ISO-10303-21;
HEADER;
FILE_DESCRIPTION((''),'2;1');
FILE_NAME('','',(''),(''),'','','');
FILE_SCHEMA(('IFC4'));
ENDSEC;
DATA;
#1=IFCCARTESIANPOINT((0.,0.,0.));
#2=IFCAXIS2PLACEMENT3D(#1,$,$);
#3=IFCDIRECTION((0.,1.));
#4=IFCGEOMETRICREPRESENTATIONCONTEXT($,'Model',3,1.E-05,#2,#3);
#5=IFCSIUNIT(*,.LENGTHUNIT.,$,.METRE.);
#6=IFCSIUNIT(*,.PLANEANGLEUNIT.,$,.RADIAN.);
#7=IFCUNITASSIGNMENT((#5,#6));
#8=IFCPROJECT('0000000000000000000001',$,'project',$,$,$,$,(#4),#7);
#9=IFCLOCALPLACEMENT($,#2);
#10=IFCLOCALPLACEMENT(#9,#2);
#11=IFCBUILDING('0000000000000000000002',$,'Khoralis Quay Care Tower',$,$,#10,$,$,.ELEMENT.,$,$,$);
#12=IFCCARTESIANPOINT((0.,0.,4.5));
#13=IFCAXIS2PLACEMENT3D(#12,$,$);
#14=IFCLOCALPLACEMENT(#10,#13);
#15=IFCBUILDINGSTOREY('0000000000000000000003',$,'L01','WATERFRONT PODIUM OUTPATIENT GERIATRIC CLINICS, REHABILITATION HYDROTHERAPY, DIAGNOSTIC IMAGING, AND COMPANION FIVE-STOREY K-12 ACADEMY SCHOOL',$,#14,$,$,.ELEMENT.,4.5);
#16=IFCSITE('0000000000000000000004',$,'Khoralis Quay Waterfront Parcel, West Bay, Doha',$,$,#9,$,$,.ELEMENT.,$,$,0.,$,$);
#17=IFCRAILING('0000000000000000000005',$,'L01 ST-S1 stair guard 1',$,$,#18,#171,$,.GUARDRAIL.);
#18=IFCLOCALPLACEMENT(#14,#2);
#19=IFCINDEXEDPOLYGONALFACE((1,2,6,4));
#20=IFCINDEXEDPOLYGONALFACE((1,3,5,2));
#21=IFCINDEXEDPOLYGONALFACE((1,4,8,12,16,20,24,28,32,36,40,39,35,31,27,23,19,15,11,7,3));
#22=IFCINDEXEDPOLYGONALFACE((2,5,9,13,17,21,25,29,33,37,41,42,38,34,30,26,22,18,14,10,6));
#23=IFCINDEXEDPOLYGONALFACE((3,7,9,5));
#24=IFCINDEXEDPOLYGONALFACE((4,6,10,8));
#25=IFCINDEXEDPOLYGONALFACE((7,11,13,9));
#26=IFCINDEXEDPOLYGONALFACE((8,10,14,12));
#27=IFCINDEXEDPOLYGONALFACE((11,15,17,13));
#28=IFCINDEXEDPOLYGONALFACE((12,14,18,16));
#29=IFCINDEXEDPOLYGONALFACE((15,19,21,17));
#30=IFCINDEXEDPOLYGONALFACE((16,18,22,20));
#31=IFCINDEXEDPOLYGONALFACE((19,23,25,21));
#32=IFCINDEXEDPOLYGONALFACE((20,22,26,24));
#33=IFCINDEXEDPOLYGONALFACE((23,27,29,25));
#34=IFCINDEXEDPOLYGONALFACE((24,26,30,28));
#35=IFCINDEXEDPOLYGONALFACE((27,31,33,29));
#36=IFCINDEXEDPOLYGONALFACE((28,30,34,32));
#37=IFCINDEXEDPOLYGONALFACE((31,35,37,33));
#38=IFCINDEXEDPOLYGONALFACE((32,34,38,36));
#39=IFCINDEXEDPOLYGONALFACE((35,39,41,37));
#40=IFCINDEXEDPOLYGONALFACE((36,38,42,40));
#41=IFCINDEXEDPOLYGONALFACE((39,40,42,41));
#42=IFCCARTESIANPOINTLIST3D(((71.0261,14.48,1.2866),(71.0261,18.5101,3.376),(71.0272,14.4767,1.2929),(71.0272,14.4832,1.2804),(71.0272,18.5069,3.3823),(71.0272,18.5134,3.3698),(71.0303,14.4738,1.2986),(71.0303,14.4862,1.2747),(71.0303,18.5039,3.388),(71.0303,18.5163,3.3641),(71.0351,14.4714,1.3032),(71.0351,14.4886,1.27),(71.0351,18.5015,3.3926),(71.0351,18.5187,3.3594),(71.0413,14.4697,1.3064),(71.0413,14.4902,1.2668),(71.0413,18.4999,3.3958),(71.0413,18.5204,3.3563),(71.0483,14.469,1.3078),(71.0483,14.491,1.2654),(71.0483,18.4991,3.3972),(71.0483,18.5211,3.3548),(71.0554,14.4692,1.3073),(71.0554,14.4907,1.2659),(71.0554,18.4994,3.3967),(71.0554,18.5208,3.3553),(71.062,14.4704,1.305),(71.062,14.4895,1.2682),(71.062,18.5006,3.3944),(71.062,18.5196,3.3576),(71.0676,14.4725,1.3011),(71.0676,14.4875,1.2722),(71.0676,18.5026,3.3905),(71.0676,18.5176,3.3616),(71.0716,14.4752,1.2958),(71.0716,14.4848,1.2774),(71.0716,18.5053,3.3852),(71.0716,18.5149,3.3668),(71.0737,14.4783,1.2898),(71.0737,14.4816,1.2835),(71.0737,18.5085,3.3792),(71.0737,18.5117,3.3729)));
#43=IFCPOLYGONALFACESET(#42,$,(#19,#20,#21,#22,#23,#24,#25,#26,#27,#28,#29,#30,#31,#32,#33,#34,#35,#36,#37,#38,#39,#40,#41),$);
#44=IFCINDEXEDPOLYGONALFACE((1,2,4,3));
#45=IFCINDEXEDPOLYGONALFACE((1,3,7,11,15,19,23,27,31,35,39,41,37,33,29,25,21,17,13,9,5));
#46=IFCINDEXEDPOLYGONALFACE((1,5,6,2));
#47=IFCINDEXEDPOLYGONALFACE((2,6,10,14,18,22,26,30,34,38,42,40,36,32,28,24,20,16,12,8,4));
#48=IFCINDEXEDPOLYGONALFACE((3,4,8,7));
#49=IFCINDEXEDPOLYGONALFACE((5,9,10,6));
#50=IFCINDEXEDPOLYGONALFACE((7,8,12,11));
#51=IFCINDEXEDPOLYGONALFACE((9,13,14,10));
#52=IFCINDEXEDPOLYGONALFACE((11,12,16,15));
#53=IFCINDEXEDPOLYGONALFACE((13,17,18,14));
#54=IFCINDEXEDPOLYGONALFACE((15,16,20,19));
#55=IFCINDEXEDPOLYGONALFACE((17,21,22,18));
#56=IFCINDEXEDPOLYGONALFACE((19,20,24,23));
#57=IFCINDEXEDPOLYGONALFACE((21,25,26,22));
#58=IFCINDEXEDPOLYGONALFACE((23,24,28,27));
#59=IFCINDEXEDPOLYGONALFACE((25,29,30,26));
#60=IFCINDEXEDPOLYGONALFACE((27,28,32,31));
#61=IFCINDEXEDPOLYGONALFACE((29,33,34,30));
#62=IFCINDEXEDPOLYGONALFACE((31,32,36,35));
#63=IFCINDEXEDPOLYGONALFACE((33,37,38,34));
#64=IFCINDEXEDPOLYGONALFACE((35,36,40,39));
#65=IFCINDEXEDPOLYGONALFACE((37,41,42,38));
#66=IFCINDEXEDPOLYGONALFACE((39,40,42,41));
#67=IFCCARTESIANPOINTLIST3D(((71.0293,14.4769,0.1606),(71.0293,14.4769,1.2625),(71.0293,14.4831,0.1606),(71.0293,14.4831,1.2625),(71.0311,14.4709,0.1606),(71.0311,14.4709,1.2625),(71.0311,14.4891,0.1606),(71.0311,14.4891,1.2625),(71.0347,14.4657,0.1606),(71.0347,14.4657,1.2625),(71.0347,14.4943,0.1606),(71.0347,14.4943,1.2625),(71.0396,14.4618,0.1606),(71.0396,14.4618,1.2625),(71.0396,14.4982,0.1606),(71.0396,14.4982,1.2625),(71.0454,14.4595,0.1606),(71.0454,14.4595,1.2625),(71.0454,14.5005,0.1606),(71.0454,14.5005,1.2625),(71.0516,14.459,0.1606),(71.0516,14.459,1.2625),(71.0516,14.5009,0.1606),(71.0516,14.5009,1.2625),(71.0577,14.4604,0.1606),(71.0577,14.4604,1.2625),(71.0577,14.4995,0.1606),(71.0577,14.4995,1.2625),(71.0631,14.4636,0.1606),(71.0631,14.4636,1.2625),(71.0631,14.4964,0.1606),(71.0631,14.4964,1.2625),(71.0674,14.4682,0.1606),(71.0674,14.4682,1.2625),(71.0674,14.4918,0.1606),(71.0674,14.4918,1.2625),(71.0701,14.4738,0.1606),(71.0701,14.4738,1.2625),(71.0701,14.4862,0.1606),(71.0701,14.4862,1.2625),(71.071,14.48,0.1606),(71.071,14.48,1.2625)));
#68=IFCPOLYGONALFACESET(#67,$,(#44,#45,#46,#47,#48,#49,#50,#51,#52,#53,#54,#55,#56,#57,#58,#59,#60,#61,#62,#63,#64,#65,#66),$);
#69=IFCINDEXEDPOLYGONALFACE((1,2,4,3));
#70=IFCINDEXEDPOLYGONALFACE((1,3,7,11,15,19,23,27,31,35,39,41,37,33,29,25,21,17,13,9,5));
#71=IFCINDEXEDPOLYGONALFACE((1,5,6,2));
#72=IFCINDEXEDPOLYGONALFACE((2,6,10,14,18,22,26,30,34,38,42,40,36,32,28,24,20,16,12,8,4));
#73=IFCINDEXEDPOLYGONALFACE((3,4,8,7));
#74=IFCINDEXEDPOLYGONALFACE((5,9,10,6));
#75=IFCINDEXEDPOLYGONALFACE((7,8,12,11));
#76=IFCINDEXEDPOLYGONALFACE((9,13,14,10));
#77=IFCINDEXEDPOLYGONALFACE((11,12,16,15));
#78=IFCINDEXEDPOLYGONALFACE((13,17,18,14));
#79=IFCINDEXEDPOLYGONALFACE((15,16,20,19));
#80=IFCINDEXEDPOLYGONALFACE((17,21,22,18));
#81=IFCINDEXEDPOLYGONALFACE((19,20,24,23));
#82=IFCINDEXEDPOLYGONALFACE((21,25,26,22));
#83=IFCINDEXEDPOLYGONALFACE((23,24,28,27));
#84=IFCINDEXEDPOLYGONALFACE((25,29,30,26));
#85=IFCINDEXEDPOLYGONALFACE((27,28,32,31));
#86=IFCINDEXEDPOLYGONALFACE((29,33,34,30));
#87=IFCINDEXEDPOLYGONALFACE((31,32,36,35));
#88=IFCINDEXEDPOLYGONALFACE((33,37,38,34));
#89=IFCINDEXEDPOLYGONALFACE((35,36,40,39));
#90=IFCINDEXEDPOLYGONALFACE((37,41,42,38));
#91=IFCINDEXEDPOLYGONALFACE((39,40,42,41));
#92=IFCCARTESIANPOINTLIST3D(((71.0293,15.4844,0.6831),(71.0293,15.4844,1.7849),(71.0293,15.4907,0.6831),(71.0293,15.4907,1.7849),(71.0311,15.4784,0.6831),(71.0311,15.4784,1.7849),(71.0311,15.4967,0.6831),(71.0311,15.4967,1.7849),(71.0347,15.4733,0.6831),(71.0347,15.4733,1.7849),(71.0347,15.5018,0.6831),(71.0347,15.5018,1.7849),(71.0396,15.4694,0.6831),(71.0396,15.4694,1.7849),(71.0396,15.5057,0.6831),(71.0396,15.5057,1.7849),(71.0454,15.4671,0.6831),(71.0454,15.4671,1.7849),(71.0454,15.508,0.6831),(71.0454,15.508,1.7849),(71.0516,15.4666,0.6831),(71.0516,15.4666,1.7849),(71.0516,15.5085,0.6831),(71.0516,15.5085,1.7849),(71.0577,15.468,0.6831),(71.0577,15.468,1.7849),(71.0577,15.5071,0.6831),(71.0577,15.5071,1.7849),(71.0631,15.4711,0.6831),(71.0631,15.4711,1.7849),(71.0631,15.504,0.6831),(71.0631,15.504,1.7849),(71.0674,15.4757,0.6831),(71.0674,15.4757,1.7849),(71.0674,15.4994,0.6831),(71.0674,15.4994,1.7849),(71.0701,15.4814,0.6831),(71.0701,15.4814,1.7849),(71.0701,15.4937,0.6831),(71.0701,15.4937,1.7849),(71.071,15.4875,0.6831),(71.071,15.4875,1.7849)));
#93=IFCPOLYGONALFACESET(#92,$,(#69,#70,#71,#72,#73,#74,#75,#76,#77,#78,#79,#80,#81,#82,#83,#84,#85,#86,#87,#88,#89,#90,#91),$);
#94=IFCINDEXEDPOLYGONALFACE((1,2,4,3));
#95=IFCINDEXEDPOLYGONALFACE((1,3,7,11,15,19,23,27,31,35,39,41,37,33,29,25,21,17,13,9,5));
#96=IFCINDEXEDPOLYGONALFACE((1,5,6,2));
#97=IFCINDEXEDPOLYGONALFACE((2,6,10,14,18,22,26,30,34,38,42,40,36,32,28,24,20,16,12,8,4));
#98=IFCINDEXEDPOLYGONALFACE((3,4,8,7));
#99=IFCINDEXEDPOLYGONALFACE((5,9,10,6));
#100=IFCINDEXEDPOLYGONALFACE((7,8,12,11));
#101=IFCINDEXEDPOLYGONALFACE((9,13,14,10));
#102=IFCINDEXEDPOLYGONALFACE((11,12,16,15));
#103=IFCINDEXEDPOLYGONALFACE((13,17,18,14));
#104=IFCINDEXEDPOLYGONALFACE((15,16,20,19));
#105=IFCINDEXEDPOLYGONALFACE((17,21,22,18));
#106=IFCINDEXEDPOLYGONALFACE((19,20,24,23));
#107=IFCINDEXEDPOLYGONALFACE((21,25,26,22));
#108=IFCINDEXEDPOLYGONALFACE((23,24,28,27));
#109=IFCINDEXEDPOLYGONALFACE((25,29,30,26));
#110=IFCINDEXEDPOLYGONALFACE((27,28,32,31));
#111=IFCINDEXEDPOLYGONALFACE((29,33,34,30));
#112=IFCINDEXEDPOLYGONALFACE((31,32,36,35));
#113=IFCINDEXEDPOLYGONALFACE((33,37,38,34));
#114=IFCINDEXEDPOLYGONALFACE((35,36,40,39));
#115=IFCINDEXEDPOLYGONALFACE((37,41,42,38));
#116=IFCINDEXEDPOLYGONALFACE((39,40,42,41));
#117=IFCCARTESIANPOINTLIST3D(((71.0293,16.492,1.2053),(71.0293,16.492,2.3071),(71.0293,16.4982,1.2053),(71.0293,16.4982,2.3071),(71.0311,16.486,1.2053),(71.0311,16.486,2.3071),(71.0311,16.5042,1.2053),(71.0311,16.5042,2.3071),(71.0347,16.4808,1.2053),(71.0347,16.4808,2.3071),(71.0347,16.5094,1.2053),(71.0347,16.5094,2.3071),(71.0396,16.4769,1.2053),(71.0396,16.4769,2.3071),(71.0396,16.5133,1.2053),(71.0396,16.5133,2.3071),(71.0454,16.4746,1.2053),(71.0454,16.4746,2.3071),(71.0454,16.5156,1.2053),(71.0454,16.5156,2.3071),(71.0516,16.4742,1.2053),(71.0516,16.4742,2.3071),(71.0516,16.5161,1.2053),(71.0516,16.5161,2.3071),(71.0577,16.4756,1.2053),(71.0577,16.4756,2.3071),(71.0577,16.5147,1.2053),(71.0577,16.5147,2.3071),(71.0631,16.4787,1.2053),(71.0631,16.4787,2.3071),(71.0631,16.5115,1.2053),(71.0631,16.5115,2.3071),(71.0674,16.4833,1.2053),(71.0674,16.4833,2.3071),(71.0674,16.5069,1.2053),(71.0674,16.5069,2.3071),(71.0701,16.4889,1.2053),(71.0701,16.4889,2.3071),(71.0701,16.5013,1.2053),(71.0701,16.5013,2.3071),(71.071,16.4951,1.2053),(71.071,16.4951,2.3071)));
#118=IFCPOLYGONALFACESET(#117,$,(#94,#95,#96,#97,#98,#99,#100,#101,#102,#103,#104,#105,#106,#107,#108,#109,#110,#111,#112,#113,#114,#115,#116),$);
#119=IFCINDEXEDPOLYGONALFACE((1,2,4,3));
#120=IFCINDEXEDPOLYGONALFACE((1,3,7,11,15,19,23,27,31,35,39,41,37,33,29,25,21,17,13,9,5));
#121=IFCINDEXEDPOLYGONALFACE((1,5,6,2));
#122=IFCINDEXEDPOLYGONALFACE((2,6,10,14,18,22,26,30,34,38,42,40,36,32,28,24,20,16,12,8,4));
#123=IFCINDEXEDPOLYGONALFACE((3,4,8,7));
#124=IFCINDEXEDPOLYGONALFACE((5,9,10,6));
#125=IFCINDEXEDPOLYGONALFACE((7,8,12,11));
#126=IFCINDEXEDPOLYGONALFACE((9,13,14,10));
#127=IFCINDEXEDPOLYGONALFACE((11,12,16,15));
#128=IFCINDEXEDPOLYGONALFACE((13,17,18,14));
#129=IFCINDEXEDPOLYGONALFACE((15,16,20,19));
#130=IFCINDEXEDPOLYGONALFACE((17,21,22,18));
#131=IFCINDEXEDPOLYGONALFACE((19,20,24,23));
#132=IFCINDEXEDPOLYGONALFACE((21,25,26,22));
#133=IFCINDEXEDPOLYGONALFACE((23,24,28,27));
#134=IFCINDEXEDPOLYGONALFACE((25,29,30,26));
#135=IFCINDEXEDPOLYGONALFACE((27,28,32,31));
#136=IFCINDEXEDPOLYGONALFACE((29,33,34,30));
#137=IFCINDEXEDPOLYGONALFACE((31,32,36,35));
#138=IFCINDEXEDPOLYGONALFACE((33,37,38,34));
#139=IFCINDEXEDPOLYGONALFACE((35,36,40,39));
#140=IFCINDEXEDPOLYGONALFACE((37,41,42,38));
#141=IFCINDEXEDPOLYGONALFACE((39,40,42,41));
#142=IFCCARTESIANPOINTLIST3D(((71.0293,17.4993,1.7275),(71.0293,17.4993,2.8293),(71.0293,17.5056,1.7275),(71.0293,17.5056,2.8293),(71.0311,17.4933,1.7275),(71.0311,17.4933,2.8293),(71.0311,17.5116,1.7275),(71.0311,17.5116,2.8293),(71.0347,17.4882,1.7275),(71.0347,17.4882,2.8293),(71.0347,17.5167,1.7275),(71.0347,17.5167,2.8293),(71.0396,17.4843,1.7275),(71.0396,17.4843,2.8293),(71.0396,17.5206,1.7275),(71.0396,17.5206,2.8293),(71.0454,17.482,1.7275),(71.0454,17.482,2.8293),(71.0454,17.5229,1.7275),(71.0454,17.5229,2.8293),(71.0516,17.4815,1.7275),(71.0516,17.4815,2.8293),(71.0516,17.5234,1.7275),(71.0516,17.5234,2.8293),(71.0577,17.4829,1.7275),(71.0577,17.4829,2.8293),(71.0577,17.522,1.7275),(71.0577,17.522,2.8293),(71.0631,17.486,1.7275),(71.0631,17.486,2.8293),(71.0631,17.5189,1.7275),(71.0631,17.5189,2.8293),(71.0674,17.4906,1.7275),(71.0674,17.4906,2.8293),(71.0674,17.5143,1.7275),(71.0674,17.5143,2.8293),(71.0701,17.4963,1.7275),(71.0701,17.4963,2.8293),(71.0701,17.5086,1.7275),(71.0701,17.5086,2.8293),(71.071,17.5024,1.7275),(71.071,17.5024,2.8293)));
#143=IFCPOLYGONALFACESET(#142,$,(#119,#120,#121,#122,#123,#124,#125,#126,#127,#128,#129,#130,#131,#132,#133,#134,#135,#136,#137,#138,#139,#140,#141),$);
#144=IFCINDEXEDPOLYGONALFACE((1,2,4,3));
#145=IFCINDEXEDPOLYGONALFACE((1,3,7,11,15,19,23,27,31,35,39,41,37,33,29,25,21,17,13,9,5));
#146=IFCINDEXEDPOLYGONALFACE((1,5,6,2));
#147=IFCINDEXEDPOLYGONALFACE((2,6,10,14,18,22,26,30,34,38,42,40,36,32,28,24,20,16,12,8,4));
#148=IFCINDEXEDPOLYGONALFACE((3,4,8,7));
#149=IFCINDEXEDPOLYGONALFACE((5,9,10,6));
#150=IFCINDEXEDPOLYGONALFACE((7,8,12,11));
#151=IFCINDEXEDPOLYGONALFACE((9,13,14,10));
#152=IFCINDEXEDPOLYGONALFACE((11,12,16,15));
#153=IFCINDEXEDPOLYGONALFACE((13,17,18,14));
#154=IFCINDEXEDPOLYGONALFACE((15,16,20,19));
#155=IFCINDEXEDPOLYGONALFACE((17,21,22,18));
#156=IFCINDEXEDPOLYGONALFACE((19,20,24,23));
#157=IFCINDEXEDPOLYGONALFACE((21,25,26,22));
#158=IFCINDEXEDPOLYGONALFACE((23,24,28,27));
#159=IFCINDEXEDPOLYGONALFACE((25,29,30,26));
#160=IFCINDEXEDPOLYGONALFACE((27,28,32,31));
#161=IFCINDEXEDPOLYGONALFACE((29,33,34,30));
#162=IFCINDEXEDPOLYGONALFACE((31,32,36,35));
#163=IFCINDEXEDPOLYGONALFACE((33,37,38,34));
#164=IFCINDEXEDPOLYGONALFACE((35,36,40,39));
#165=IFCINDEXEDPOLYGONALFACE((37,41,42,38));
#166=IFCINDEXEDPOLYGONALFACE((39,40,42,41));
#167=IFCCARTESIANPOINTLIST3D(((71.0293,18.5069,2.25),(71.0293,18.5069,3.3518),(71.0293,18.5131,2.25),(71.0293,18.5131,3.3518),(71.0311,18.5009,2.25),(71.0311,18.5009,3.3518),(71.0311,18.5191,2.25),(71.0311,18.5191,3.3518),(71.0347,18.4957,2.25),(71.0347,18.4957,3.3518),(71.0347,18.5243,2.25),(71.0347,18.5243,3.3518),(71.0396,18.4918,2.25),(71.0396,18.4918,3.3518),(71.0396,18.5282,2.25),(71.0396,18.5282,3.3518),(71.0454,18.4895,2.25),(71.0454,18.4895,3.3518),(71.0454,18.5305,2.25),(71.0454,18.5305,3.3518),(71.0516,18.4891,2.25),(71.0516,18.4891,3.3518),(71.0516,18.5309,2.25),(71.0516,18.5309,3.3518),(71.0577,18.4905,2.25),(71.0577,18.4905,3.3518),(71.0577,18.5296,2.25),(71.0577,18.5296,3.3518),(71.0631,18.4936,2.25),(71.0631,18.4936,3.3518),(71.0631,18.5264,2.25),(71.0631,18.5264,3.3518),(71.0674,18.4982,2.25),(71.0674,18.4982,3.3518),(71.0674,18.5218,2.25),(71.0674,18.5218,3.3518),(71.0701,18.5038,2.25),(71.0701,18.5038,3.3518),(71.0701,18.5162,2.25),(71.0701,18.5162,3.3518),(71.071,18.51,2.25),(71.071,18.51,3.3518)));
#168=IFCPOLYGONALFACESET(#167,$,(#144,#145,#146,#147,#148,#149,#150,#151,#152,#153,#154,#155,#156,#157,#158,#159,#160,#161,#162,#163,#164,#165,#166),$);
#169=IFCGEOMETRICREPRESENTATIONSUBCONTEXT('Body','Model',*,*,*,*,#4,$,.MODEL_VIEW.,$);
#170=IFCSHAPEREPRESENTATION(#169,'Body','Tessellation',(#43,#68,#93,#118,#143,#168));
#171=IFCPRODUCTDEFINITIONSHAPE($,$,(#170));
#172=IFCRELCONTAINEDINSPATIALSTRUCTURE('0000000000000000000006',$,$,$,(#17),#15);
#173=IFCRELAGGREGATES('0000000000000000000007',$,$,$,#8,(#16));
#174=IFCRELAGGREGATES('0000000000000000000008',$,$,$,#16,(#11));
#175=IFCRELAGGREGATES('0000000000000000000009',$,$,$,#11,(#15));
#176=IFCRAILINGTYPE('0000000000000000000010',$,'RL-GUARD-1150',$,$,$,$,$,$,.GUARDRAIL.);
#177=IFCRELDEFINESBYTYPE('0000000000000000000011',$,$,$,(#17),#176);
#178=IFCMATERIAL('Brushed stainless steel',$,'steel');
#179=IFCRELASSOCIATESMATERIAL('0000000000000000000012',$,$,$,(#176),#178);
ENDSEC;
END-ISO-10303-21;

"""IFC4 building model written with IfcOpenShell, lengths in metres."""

from ifc_helpers import new_model, si_unit, direction, frame, origin, origin_2d, place, context, subcontext, project, spatial, circle, extrude, material, type_object, element, save


model = new_model("IFC4")

# Units and contexts
model_context = context("Model", 3, precision=1e-05, world=origin(), true_north=direction((0.0, 1.0)))
body_context = subcontext(model_context, "Body", "Model", "MODEL_VIEW")
ifc_project = project(units=[si_unit("LENGTHUNIT", "METRE"), si_unit("PLANEANGLEUNIT", "RADIAN")], contexts=[model_context])

# Site, building, storey
site_placement = place(None, origin())
site = spatial("IfcSite", under=ifc_project, at=site_placement, Name="Khoralis Quay Waterfront Parcel, West Bay, Doha", CompositionType="ELEMENT", RefElevation=0.0)
building_placement = place(site_placement, origin())
building = spatial("IfcBuilding", under=site, at=building_placement, Name="Khoralis Quay Care Tower", CompositionType="ELEMENT")
storey_placement = place(building_placement, frame((0.0, 0.0, 4.5)))
storey = spatial("IfcBuildingStorey", under=building, at=storey_placement, Name="L01", Description="WATERFRONT PODIUM OUTPATIENT GERIATRIC CLINICS, REHABILITATION HYDROTHERAPY, DIAGNOSTIC IMAGING, AND COMPANION FIVE-STOREY K-12 ACADEMY SCHOOL", CompositionType="ELEMENT", Elevation=4.5)

# Railing
ifc_material_1 = material(Name="Brushed stainless steel", Category="steel")
railing_type_1 = type_object("IfcRailingType", Name="RL-GUARD-1150", PredefinedType="GUARDRAIL", material=ifc_material_1)
railing_1_placement = place(storey_placement, frame((71.05, 14.48, 0.1606)))
element("IfcRailing", 1, at=railing_1_placement, inside=storey, type_object=railing_type_1, Name="L01 ST-S1 stair guard 1", PredefinedType="GUARDRAIL", context=body_context, shape_type="SweptSolid", body=[
    extrude(circle(Radius=0.0239, at=origin_2d()), frame((0.0, 0.0, 1.126), z_axis=(0.0, 0.887781, 0.460267), x_axis=(-1.0, 0.0, 0.0)), (0.0, 0.0, 1.0), 4.5396),
    extrude(circle(Radius=0.021, at=origin_2d()), origin(), (0.0, 0.0, 1.0), 1.1018),
    extrude(circle(Radius=0.021, at=origin_2d()), frame((0.0, 1.0076, 0.5225)), (0.0, 0.0, 1.0), 1.1018),
    extrude(circle(Radius=0.021, at=origin_2d()), frame((0.0, 2.0151, 1.0447)), (0.0, 0.0, 1.0), 1.1018),
    extrude(circle(Radius=0.021, at=origin_2d()), frame((0.0, 3.0225, 1.5669)), (0.0, 0.0, 1.0), 1.1018),
    extrude(circle(Radius=0.021, at=origin_2d()), frame((0.0, 4.03, 2.0894)), (0.0, 0.0, 1.0), 1.1018),
])

save(model, "model.ifc")
